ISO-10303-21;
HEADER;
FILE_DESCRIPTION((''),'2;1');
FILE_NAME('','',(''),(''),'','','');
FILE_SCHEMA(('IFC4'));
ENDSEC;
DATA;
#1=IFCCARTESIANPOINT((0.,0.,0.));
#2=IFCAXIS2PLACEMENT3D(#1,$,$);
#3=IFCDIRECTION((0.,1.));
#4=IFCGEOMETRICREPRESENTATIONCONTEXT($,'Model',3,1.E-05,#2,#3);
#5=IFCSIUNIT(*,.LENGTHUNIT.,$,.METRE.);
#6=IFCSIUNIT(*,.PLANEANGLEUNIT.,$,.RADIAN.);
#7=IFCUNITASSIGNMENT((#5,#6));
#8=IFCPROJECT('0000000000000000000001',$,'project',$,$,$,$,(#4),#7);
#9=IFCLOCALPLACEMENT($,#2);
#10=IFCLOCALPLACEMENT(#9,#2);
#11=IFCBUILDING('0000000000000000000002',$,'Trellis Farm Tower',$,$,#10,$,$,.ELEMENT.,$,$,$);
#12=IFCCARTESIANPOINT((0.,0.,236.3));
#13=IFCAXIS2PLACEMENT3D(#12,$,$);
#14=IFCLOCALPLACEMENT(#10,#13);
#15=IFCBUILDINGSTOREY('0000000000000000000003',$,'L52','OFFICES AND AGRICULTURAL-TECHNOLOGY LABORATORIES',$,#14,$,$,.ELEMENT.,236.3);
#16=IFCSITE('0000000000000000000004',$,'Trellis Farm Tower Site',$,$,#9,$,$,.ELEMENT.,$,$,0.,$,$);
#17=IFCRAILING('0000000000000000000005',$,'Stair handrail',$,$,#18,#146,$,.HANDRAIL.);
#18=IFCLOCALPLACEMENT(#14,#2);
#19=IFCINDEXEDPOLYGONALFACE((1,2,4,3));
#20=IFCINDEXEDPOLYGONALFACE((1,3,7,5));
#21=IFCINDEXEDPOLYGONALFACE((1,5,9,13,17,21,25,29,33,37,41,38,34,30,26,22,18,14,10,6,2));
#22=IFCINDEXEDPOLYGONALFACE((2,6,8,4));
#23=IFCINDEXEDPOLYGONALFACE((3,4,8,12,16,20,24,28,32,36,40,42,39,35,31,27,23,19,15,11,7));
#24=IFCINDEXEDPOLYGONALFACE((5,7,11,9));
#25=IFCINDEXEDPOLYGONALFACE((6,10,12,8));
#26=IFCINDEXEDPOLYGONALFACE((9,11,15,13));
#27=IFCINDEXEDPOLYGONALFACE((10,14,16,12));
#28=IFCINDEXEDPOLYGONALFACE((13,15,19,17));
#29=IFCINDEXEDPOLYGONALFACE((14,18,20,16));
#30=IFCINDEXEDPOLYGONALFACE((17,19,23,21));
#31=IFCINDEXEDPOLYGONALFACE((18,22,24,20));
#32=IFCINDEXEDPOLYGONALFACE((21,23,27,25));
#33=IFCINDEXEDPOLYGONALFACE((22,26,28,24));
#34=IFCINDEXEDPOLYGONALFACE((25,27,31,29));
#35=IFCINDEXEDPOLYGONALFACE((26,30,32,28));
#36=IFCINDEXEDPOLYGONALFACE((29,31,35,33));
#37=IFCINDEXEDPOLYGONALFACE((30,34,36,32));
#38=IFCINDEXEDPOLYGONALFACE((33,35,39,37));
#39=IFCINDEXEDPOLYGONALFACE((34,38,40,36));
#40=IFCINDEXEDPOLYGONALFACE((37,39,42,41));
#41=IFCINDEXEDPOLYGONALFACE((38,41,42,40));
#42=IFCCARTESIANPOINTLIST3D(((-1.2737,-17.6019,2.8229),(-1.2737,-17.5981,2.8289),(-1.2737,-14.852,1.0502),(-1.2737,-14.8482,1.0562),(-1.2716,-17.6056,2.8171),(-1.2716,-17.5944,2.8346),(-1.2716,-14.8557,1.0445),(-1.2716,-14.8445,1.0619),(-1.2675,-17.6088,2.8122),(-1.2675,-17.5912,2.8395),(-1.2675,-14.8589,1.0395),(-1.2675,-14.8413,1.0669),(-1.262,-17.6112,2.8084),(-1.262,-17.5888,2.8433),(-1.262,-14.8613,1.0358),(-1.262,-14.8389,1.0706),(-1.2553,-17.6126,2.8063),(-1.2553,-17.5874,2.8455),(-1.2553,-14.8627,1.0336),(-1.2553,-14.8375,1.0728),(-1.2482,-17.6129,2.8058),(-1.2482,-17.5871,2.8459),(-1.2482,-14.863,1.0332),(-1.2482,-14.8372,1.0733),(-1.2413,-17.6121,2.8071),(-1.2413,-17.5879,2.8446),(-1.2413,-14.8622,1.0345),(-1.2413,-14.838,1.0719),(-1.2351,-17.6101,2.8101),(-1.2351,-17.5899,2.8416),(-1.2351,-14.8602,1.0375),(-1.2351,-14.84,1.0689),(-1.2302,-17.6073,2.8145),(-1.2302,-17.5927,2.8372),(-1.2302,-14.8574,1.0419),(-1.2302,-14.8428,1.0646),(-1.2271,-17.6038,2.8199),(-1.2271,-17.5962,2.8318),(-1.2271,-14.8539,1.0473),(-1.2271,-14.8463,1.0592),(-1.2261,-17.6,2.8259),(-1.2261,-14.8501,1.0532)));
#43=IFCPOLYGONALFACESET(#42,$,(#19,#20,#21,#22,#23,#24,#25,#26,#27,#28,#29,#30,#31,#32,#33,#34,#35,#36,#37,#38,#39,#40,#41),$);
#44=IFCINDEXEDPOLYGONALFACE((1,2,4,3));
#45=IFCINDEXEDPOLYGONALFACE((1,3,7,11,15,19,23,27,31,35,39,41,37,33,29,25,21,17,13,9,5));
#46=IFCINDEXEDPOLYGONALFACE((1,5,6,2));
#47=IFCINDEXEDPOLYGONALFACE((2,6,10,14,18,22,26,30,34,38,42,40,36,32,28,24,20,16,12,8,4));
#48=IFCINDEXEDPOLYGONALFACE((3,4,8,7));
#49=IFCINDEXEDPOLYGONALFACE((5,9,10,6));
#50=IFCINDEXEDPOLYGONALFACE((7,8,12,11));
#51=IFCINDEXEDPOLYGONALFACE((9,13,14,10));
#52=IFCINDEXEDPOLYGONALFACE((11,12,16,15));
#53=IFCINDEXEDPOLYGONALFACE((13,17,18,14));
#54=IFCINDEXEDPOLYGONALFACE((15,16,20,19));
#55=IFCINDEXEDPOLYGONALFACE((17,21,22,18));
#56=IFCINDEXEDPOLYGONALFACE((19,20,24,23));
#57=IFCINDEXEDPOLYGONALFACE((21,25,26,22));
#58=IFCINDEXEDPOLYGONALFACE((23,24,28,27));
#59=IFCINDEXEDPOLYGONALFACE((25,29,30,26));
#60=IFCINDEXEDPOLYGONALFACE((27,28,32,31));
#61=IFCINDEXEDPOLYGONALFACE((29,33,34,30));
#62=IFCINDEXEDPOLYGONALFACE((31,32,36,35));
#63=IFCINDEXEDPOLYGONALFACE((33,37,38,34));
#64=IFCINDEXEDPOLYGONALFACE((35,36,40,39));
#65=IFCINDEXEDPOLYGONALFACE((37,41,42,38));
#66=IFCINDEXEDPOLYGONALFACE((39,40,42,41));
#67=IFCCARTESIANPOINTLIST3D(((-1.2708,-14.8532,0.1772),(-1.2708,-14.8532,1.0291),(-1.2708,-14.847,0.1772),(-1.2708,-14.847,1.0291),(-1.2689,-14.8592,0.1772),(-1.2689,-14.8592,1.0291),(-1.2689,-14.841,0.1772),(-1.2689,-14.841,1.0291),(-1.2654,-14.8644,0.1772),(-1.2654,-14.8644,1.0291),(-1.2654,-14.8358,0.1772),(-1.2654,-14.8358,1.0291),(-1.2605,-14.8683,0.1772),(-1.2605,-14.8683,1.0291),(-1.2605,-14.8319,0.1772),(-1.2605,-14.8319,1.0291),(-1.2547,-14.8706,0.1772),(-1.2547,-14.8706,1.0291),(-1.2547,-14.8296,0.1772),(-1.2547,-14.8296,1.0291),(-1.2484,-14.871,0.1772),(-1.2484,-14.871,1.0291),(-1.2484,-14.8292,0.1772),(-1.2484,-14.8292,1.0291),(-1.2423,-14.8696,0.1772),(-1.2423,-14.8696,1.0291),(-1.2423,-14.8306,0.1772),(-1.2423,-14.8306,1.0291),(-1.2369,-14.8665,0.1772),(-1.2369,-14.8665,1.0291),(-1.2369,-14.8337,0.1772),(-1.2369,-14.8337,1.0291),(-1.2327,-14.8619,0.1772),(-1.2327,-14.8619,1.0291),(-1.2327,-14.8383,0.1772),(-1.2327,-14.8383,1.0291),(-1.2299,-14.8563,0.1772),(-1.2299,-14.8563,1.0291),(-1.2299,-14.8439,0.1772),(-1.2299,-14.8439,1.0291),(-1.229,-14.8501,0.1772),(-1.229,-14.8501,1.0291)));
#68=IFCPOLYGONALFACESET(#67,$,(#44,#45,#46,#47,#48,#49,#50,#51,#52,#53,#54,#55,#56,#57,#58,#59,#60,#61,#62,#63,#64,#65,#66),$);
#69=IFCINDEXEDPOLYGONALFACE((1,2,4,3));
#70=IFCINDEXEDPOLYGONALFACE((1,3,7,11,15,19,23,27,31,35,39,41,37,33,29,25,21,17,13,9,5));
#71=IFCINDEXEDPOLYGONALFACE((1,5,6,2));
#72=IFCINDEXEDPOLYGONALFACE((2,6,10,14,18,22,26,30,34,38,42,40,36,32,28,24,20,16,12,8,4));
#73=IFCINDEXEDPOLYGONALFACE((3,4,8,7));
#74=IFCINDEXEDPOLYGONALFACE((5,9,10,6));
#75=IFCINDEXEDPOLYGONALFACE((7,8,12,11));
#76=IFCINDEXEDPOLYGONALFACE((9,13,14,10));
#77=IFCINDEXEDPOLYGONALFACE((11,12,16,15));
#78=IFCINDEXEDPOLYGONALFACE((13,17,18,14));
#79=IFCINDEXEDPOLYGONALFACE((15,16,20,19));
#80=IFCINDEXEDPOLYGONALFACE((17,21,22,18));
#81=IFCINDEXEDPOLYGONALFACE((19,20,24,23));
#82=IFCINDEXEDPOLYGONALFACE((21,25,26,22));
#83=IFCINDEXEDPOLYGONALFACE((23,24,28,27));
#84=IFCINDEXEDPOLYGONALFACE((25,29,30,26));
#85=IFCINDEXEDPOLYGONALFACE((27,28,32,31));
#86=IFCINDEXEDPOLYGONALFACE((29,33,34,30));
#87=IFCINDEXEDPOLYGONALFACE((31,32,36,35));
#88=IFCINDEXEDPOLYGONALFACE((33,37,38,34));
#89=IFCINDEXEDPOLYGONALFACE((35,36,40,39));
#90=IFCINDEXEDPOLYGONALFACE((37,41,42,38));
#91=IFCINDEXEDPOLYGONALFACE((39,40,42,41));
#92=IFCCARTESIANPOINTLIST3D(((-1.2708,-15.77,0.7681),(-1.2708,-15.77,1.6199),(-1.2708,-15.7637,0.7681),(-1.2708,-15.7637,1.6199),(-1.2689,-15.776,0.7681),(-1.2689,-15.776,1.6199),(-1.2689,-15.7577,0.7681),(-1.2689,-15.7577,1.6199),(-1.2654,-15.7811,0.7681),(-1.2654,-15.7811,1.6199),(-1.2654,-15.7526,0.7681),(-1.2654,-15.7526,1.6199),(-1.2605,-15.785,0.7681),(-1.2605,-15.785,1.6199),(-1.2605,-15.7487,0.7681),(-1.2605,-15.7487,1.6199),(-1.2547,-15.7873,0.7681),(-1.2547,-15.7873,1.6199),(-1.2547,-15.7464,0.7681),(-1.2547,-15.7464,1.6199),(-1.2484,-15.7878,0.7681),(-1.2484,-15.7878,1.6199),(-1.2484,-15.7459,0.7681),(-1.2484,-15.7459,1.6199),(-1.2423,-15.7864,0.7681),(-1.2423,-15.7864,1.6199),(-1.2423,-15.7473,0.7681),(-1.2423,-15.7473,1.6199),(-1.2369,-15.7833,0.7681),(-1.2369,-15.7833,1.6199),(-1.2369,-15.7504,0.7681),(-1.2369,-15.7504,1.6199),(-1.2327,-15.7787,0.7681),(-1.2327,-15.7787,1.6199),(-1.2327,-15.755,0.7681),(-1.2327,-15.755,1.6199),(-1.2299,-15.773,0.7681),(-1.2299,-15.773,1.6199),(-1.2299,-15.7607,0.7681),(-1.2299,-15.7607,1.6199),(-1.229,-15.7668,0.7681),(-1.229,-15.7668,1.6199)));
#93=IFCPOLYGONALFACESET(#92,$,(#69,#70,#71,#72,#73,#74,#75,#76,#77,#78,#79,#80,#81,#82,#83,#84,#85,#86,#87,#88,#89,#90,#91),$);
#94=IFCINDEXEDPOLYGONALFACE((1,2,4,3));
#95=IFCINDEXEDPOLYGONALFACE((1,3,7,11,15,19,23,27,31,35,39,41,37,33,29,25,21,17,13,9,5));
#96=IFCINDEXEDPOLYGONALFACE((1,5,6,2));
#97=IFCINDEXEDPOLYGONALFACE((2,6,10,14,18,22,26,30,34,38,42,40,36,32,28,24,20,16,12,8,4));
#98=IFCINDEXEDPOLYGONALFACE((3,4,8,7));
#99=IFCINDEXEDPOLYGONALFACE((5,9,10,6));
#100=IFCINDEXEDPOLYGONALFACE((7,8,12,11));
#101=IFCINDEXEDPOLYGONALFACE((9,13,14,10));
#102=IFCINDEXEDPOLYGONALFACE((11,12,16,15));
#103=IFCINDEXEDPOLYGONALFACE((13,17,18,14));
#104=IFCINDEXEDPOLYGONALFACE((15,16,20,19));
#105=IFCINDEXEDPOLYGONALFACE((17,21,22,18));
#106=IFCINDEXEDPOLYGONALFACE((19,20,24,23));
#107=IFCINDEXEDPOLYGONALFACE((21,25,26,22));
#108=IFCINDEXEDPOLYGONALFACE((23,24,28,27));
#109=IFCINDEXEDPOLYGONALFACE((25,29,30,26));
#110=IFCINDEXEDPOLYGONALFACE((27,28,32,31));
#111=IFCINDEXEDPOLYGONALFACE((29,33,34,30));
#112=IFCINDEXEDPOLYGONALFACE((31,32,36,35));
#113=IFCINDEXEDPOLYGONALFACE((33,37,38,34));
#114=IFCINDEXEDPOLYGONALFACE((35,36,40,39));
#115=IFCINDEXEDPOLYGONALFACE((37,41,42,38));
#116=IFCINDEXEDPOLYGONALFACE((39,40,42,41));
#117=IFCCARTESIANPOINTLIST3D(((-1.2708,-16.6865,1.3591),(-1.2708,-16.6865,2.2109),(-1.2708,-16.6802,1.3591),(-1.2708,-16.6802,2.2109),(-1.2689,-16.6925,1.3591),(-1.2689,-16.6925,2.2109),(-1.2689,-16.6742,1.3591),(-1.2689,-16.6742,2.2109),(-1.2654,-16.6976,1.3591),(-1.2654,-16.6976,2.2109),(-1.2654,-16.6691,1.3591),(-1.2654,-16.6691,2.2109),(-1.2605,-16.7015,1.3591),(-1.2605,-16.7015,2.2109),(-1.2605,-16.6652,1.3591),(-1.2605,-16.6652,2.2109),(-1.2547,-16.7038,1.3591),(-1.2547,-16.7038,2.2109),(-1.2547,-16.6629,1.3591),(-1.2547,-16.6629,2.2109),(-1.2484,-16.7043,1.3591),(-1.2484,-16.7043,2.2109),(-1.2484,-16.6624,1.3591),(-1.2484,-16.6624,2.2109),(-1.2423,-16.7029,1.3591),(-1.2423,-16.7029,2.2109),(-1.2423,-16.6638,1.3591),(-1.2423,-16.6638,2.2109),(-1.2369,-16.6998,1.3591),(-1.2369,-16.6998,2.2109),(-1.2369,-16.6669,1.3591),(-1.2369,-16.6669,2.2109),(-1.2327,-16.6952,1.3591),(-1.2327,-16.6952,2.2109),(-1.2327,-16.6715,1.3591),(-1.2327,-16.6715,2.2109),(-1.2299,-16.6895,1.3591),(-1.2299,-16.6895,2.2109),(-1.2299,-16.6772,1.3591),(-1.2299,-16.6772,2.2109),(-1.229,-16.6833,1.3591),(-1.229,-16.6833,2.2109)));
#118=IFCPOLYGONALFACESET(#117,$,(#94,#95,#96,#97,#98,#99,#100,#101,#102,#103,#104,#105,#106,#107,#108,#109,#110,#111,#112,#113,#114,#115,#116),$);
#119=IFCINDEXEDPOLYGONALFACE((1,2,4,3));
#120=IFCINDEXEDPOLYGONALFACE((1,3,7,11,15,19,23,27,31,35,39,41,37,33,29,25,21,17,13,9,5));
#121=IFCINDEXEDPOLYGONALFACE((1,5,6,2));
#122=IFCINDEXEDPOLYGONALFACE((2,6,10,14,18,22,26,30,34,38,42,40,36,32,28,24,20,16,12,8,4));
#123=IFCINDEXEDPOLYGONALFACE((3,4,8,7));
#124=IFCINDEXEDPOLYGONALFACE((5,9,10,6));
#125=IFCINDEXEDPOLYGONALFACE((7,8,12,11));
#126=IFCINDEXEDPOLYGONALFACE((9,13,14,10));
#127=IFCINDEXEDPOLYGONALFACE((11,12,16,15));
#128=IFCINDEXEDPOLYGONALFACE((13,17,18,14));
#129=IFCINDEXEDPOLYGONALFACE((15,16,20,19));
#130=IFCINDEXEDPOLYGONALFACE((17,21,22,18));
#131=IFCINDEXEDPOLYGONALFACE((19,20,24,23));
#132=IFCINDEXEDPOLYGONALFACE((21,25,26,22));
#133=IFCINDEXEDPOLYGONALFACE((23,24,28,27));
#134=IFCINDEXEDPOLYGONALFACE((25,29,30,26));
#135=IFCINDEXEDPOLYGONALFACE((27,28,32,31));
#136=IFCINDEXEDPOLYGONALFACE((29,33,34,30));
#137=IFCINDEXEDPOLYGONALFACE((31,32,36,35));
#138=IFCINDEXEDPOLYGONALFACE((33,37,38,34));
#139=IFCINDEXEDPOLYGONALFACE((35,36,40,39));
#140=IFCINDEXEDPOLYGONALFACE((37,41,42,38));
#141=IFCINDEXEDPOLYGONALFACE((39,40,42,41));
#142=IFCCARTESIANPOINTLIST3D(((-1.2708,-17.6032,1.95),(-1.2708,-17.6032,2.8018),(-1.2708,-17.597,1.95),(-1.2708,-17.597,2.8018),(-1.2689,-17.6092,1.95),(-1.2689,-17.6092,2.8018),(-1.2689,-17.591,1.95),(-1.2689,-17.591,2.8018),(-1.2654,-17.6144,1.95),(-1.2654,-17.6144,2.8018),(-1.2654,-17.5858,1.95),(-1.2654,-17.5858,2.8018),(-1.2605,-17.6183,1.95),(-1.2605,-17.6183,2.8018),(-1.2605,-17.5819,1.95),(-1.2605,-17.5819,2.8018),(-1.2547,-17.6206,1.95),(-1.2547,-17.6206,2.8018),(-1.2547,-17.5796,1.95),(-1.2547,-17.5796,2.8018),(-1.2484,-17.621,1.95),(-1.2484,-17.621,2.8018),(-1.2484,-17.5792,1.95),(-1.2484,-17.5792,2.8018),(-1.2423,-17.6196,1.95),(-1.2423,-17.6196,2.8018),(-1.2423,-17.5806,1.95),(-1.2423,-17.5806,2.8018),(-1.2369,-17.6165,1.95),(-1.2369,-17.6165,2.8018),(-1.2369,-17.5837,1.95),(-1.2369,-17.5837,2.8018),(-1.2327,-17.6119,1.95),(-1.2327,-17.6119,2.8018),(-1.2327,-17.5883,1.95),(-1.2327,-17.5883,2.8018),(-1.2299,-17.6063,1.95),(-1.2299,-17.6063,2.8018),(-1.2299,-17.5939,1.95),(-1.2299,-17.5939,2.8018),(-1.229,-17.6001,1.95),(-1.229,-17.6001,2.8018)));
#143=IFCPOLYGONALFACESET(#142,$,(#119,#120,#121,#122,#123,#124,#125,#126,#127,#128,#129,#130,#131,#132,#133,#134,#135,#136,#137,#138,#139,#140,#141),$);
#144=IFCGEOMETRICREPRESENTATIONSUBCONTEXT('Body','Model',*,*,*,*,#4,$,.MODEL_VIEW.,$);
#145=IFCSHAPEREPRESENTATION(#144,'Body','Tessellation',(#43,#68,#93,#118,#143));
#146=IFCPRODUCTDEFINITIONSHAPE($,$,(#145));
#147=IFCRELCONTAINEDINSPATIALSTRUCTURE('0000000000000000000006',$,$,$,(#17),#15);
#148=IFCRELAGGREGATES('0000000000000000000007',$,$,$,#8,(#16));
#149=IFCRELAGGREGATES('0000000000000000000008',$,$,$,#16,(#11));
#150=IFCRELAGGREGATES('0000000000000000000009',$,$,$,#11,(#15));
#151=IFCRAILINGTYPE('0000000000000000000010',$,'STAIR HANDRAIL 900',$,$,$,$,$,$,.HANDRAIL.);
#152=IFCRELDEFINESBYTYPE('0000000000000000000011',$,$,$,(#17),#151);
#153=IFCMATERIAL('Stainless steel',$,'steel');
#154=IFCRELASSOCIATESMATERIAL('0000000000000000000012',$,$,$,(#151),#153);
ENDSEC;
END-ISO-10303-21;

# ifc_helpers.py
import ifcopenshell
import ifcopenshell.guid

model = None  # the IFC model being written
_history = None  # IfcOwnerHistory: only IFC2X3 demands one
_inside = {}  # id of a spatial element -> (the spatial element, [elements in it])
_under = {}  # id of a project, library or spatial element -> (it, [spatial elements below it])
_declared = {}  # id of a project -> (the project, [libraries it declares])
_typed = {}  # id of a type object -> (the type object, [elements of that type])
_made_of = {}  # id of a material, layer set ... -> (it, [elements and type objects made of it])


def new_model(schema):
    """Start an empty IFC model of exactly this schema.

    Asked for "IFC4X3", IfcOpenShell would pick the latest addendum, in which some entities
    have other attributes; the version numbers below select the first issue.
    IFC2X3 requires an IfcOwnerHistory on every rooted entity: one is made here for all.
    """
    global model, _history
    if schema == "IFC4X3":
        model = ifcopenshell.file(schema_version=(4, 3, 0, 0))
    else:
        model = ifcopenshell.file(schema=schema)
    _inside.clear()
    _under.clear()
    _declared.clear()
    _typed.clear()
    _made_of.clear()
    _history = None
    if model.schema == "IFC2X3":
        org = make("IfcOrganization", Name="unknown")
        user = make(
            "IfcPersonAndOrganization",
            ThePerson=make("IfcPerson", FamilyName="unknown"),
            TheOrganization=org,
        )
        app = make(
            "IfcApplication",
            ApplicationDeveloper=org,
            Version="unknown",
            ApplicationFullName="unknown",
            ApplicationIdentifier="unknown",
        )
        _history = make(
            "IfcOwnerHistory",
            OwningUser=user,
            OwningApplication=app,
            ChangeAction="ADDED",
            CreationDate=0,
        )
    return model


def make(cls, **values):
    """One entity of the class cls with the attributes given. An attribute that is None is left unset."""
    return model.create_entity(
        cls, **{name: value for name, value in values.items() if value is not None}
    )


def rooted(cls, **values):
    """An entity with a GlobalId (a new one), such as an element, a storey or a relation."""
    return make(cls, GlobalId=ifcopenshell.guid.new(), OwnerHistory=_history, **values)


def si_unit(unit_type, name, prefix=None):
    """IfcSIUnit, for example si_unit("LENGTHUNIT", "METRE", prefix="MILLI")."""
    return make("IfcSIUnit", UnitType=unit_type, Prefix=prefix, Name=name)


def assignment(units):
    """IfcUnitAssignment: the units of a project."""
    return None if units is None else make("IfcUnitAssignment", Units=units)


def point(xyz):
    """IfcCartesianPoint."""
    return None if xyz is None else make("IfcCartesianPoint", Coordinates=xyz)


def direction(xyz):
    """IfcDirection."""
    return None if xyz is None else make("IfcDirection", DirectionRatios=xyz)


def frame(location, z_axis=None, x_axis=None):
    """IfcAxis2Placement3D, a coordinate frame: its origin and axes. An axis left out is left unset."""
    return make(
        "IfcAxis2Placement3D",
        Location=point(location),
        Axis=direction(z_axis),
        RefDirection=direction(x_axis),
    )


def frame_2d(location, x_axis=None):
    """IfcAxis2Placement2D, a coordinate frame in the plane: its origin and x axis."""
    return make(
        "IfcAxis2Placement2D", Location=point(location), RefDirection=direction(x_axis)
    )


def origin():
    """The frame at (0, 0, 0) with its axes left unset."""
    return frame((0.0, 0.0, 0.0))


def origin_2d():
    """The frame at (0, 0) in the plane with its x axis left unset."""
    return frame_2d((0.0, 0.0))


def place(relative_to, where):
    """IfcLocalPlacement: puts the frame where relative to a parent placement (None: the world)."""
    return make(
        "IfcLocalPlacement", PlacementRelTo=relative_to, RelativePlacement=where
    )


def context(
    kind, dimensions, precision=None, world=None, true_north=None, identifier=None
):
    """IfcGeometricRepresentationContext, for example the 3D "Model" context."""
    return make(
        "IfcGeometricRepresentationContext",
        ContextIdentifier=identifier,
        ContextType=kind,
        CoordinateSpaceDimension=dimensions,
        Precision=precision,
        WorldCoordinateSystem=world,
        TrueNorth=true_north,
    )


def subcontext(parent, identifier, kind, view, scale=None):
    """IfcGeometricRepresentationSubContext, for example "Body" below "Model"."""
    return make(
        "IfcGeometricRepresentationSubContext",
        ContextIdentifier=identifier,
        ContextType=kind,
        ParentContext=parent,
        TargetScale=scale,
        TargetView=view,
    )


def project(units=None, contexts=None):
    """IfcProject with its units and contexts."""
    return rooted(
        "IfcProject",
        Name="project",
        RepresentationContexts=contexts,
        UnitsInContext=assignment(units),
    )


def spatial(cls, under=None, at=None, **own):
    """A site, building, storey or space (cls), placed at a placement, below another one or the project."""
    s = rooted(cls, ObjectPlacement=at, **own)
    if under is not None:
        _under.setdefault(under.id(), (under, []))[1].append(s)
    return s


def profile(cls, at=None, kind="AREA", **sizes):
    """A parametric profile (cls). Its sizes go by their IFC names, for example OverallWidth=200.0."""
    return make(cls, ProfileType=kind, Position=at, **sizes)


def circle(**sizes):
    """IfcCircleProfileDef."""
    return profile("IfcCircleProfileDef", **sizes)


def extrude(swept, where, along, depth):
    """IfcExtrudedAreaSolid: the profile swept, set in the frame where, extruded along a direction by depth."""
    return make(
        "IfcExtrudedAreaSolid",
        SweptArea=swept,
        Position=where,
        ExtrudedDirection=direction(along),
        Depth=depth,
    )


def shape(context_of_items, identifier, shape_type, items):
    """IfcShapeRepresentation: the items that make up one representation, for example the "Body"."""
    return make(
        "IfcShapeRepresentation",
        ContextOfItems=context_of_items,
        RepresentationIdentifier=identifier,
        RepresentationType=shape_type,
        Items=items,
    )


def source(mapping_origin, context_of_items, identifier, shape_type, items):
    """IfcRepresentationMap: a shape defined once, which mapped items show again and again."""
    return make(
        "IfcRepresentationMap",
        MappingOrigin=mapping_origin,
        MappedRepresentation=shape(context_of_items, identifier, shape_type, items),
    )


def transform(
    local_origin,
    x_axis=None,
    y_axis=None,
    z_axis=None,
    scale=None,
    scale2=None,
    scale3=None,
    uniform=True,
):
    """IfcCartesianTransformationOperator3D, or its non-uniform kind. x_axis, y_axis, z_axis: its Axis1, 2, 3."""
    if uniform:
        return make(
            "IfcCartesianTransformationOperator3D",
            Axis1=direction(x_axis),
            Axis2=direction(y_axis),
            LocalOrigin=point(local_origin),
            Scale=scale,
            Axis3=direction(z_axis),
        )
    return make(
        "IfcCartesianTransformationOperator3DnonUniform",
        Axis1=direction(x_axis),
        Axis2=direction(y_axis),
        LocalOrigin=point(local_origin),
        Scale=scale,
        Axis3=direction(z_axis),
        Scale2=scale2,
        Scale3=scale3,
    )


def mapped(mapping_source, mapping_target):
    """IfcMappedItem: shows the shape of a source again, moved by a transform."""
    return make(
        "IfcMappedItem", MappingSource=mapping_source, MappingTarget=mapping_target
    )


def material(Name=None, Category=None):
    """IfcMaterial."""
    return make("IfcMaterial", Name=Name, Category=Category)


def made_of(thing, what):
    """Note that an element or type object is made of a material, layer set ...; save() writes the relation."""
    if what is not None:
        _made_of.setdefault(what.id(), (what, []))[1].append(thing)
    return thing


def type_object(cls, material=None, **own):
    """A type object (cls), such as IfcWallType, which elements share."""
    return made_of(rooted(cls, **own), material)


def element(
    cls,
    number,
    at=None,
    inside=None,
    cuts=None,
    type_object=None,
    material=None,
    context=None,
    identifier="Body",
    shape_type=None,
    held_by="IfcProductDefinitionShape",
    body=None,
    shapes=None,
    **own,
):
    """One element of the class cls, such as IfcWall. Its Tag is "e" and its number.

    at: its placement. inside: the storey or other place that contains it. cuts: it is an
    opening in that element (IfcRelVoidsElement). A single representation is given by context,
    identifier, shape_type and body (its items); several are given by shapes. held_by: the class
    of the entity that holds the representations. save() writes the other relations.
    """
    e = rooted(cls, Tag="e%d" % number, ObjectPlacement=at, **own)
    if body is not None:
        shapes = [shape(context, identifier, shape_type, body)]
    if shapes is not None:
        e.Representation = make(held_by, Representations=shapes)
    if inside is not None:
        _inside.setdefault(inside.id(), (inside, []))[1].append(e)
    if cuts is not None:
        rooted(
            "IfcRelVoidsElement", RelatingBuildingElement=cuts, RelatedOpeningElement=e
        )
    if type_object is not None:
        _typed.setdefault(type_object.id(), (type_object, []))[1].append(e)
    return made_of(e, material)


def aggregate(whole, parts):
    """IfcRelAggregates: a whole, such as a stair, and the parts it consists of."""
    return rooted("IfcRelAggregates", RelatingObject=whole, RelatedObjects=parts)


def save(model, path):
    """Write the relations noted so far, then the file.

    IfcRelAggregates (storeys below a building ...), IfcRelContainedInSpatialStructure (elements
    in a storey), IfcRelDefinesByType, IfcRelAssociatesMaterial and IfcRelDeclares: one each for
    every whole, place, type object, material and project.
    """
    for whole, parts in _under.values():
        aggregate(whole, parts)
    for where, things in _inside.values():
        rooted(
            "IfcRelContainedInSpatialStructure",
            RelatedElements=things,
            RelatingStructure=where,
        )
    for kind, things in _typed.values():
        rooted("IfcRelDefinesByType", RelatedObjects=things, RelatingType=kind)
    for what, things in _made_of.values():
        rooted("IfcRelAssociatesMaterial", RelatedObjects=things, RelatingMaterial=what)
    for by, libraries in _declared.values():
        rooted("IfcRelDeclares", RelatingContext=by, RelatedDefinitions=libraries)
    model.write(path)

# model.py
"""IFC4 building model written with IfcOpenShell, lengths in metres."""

from ifc_helpers import new_model, si_unit, direction, frame, origin, origin_2d, place, context, subcontext, project, spatial, circle, extrude, source, transform, mapped, material, type_object, element, save


model = new_model("IFC4")

# Units and contexts
model_context = context("Model", 3, precision=1e-05, world=origin(), true_north=direction((0.0, 1.0)))
body_context = subcontext(model_context, "Body", "Model", "MODEL_VIEW")
ifc_project = project(units=[si_unit("LENGTHUNIT", "METRE"), si_unit("PLANEANGLEUNIT", "RADIAN")], contexts=[model_context])

# Site, building, storey
site_placement = place(None, origin())
site = spatial("IfcSite", under=ifc_project, at=site_placement, Name="Trellis Farm Tower Site", CompositionType="ELEMENT", RefElevation=0.0)
building_placement = place(site_placement, origin())
building = spatial("IfcBuilding", under=site, at=building_placement, Name="Trellis Farm Tower", CompositionType="ELEMENT")
storey_placement = place(building_placement, frame((0.0, 0.0, 236.3)))
storey = spatial("IfcBuildingStorey", under=building, at=storey_placement, Name="L52", Description="OFFICES AND AGRICULTURAL-TECHNOLOGY LABORATORIES", CompositionType="ELEMENT", Elevation=236.3)

# Railing
ifc_material_1 = material(Name="Stainless steel", Category="steel")
railing_type = type_object("IfcRailingType", Name="STAIR HANDRAIL 900", PredefinedType="HANDRAIL", material=ifc_material_1)
shared_shape_1 = source(origin(), body_context, "Body", "SweptSolid", [
    extrude(circle(Radius=0.0239, at=origin_2d()), frame((0.0, 0.0, 0.876), z_axis=(0.0, -0.840504, 0.541806), x_axis=(1.0, 0.0, 0.0)), (0.0, 0.0, 1.0), 3.2717),
    extrude(circle(Radius=0.021, at=origin_2d()), origin(), (0.0, 0.0, 1.0), 0.8518),
    extrude(circle(Radius=0.021, at=origin_2d()), frame((0.0, -0.9167, 0.5908)), (0.0, 0.0, 1.0), 0.8518),
    extrude(circle(Radius=0.021, at=origin_2d()), frame((0.0, -1.8333, 1.1819)), (0.0, 0.0, 1.0), 0.8518),
    extrude(circle(Radius=0.021, at=origin_2d()), frame((0.0, -2.75, 1.7727)), (0.0, 0.0, 1.0), 0.8518),
])
railing_placement = place(storey_placement, frame((-1.25, -14.8501, 0.1772)))
element("IfcRailing", 1, at=railing_placement, inside=storey, type_object=railing_type, Name="Stair handrail", PredefinedType="HANDRAIL", context=body_context, shape_type="MappedRepresentation", body=[
    mapped(shared_shape_1, transform((0.0, 0.0, 0.0))),
])

save(model, "model.ifc")
